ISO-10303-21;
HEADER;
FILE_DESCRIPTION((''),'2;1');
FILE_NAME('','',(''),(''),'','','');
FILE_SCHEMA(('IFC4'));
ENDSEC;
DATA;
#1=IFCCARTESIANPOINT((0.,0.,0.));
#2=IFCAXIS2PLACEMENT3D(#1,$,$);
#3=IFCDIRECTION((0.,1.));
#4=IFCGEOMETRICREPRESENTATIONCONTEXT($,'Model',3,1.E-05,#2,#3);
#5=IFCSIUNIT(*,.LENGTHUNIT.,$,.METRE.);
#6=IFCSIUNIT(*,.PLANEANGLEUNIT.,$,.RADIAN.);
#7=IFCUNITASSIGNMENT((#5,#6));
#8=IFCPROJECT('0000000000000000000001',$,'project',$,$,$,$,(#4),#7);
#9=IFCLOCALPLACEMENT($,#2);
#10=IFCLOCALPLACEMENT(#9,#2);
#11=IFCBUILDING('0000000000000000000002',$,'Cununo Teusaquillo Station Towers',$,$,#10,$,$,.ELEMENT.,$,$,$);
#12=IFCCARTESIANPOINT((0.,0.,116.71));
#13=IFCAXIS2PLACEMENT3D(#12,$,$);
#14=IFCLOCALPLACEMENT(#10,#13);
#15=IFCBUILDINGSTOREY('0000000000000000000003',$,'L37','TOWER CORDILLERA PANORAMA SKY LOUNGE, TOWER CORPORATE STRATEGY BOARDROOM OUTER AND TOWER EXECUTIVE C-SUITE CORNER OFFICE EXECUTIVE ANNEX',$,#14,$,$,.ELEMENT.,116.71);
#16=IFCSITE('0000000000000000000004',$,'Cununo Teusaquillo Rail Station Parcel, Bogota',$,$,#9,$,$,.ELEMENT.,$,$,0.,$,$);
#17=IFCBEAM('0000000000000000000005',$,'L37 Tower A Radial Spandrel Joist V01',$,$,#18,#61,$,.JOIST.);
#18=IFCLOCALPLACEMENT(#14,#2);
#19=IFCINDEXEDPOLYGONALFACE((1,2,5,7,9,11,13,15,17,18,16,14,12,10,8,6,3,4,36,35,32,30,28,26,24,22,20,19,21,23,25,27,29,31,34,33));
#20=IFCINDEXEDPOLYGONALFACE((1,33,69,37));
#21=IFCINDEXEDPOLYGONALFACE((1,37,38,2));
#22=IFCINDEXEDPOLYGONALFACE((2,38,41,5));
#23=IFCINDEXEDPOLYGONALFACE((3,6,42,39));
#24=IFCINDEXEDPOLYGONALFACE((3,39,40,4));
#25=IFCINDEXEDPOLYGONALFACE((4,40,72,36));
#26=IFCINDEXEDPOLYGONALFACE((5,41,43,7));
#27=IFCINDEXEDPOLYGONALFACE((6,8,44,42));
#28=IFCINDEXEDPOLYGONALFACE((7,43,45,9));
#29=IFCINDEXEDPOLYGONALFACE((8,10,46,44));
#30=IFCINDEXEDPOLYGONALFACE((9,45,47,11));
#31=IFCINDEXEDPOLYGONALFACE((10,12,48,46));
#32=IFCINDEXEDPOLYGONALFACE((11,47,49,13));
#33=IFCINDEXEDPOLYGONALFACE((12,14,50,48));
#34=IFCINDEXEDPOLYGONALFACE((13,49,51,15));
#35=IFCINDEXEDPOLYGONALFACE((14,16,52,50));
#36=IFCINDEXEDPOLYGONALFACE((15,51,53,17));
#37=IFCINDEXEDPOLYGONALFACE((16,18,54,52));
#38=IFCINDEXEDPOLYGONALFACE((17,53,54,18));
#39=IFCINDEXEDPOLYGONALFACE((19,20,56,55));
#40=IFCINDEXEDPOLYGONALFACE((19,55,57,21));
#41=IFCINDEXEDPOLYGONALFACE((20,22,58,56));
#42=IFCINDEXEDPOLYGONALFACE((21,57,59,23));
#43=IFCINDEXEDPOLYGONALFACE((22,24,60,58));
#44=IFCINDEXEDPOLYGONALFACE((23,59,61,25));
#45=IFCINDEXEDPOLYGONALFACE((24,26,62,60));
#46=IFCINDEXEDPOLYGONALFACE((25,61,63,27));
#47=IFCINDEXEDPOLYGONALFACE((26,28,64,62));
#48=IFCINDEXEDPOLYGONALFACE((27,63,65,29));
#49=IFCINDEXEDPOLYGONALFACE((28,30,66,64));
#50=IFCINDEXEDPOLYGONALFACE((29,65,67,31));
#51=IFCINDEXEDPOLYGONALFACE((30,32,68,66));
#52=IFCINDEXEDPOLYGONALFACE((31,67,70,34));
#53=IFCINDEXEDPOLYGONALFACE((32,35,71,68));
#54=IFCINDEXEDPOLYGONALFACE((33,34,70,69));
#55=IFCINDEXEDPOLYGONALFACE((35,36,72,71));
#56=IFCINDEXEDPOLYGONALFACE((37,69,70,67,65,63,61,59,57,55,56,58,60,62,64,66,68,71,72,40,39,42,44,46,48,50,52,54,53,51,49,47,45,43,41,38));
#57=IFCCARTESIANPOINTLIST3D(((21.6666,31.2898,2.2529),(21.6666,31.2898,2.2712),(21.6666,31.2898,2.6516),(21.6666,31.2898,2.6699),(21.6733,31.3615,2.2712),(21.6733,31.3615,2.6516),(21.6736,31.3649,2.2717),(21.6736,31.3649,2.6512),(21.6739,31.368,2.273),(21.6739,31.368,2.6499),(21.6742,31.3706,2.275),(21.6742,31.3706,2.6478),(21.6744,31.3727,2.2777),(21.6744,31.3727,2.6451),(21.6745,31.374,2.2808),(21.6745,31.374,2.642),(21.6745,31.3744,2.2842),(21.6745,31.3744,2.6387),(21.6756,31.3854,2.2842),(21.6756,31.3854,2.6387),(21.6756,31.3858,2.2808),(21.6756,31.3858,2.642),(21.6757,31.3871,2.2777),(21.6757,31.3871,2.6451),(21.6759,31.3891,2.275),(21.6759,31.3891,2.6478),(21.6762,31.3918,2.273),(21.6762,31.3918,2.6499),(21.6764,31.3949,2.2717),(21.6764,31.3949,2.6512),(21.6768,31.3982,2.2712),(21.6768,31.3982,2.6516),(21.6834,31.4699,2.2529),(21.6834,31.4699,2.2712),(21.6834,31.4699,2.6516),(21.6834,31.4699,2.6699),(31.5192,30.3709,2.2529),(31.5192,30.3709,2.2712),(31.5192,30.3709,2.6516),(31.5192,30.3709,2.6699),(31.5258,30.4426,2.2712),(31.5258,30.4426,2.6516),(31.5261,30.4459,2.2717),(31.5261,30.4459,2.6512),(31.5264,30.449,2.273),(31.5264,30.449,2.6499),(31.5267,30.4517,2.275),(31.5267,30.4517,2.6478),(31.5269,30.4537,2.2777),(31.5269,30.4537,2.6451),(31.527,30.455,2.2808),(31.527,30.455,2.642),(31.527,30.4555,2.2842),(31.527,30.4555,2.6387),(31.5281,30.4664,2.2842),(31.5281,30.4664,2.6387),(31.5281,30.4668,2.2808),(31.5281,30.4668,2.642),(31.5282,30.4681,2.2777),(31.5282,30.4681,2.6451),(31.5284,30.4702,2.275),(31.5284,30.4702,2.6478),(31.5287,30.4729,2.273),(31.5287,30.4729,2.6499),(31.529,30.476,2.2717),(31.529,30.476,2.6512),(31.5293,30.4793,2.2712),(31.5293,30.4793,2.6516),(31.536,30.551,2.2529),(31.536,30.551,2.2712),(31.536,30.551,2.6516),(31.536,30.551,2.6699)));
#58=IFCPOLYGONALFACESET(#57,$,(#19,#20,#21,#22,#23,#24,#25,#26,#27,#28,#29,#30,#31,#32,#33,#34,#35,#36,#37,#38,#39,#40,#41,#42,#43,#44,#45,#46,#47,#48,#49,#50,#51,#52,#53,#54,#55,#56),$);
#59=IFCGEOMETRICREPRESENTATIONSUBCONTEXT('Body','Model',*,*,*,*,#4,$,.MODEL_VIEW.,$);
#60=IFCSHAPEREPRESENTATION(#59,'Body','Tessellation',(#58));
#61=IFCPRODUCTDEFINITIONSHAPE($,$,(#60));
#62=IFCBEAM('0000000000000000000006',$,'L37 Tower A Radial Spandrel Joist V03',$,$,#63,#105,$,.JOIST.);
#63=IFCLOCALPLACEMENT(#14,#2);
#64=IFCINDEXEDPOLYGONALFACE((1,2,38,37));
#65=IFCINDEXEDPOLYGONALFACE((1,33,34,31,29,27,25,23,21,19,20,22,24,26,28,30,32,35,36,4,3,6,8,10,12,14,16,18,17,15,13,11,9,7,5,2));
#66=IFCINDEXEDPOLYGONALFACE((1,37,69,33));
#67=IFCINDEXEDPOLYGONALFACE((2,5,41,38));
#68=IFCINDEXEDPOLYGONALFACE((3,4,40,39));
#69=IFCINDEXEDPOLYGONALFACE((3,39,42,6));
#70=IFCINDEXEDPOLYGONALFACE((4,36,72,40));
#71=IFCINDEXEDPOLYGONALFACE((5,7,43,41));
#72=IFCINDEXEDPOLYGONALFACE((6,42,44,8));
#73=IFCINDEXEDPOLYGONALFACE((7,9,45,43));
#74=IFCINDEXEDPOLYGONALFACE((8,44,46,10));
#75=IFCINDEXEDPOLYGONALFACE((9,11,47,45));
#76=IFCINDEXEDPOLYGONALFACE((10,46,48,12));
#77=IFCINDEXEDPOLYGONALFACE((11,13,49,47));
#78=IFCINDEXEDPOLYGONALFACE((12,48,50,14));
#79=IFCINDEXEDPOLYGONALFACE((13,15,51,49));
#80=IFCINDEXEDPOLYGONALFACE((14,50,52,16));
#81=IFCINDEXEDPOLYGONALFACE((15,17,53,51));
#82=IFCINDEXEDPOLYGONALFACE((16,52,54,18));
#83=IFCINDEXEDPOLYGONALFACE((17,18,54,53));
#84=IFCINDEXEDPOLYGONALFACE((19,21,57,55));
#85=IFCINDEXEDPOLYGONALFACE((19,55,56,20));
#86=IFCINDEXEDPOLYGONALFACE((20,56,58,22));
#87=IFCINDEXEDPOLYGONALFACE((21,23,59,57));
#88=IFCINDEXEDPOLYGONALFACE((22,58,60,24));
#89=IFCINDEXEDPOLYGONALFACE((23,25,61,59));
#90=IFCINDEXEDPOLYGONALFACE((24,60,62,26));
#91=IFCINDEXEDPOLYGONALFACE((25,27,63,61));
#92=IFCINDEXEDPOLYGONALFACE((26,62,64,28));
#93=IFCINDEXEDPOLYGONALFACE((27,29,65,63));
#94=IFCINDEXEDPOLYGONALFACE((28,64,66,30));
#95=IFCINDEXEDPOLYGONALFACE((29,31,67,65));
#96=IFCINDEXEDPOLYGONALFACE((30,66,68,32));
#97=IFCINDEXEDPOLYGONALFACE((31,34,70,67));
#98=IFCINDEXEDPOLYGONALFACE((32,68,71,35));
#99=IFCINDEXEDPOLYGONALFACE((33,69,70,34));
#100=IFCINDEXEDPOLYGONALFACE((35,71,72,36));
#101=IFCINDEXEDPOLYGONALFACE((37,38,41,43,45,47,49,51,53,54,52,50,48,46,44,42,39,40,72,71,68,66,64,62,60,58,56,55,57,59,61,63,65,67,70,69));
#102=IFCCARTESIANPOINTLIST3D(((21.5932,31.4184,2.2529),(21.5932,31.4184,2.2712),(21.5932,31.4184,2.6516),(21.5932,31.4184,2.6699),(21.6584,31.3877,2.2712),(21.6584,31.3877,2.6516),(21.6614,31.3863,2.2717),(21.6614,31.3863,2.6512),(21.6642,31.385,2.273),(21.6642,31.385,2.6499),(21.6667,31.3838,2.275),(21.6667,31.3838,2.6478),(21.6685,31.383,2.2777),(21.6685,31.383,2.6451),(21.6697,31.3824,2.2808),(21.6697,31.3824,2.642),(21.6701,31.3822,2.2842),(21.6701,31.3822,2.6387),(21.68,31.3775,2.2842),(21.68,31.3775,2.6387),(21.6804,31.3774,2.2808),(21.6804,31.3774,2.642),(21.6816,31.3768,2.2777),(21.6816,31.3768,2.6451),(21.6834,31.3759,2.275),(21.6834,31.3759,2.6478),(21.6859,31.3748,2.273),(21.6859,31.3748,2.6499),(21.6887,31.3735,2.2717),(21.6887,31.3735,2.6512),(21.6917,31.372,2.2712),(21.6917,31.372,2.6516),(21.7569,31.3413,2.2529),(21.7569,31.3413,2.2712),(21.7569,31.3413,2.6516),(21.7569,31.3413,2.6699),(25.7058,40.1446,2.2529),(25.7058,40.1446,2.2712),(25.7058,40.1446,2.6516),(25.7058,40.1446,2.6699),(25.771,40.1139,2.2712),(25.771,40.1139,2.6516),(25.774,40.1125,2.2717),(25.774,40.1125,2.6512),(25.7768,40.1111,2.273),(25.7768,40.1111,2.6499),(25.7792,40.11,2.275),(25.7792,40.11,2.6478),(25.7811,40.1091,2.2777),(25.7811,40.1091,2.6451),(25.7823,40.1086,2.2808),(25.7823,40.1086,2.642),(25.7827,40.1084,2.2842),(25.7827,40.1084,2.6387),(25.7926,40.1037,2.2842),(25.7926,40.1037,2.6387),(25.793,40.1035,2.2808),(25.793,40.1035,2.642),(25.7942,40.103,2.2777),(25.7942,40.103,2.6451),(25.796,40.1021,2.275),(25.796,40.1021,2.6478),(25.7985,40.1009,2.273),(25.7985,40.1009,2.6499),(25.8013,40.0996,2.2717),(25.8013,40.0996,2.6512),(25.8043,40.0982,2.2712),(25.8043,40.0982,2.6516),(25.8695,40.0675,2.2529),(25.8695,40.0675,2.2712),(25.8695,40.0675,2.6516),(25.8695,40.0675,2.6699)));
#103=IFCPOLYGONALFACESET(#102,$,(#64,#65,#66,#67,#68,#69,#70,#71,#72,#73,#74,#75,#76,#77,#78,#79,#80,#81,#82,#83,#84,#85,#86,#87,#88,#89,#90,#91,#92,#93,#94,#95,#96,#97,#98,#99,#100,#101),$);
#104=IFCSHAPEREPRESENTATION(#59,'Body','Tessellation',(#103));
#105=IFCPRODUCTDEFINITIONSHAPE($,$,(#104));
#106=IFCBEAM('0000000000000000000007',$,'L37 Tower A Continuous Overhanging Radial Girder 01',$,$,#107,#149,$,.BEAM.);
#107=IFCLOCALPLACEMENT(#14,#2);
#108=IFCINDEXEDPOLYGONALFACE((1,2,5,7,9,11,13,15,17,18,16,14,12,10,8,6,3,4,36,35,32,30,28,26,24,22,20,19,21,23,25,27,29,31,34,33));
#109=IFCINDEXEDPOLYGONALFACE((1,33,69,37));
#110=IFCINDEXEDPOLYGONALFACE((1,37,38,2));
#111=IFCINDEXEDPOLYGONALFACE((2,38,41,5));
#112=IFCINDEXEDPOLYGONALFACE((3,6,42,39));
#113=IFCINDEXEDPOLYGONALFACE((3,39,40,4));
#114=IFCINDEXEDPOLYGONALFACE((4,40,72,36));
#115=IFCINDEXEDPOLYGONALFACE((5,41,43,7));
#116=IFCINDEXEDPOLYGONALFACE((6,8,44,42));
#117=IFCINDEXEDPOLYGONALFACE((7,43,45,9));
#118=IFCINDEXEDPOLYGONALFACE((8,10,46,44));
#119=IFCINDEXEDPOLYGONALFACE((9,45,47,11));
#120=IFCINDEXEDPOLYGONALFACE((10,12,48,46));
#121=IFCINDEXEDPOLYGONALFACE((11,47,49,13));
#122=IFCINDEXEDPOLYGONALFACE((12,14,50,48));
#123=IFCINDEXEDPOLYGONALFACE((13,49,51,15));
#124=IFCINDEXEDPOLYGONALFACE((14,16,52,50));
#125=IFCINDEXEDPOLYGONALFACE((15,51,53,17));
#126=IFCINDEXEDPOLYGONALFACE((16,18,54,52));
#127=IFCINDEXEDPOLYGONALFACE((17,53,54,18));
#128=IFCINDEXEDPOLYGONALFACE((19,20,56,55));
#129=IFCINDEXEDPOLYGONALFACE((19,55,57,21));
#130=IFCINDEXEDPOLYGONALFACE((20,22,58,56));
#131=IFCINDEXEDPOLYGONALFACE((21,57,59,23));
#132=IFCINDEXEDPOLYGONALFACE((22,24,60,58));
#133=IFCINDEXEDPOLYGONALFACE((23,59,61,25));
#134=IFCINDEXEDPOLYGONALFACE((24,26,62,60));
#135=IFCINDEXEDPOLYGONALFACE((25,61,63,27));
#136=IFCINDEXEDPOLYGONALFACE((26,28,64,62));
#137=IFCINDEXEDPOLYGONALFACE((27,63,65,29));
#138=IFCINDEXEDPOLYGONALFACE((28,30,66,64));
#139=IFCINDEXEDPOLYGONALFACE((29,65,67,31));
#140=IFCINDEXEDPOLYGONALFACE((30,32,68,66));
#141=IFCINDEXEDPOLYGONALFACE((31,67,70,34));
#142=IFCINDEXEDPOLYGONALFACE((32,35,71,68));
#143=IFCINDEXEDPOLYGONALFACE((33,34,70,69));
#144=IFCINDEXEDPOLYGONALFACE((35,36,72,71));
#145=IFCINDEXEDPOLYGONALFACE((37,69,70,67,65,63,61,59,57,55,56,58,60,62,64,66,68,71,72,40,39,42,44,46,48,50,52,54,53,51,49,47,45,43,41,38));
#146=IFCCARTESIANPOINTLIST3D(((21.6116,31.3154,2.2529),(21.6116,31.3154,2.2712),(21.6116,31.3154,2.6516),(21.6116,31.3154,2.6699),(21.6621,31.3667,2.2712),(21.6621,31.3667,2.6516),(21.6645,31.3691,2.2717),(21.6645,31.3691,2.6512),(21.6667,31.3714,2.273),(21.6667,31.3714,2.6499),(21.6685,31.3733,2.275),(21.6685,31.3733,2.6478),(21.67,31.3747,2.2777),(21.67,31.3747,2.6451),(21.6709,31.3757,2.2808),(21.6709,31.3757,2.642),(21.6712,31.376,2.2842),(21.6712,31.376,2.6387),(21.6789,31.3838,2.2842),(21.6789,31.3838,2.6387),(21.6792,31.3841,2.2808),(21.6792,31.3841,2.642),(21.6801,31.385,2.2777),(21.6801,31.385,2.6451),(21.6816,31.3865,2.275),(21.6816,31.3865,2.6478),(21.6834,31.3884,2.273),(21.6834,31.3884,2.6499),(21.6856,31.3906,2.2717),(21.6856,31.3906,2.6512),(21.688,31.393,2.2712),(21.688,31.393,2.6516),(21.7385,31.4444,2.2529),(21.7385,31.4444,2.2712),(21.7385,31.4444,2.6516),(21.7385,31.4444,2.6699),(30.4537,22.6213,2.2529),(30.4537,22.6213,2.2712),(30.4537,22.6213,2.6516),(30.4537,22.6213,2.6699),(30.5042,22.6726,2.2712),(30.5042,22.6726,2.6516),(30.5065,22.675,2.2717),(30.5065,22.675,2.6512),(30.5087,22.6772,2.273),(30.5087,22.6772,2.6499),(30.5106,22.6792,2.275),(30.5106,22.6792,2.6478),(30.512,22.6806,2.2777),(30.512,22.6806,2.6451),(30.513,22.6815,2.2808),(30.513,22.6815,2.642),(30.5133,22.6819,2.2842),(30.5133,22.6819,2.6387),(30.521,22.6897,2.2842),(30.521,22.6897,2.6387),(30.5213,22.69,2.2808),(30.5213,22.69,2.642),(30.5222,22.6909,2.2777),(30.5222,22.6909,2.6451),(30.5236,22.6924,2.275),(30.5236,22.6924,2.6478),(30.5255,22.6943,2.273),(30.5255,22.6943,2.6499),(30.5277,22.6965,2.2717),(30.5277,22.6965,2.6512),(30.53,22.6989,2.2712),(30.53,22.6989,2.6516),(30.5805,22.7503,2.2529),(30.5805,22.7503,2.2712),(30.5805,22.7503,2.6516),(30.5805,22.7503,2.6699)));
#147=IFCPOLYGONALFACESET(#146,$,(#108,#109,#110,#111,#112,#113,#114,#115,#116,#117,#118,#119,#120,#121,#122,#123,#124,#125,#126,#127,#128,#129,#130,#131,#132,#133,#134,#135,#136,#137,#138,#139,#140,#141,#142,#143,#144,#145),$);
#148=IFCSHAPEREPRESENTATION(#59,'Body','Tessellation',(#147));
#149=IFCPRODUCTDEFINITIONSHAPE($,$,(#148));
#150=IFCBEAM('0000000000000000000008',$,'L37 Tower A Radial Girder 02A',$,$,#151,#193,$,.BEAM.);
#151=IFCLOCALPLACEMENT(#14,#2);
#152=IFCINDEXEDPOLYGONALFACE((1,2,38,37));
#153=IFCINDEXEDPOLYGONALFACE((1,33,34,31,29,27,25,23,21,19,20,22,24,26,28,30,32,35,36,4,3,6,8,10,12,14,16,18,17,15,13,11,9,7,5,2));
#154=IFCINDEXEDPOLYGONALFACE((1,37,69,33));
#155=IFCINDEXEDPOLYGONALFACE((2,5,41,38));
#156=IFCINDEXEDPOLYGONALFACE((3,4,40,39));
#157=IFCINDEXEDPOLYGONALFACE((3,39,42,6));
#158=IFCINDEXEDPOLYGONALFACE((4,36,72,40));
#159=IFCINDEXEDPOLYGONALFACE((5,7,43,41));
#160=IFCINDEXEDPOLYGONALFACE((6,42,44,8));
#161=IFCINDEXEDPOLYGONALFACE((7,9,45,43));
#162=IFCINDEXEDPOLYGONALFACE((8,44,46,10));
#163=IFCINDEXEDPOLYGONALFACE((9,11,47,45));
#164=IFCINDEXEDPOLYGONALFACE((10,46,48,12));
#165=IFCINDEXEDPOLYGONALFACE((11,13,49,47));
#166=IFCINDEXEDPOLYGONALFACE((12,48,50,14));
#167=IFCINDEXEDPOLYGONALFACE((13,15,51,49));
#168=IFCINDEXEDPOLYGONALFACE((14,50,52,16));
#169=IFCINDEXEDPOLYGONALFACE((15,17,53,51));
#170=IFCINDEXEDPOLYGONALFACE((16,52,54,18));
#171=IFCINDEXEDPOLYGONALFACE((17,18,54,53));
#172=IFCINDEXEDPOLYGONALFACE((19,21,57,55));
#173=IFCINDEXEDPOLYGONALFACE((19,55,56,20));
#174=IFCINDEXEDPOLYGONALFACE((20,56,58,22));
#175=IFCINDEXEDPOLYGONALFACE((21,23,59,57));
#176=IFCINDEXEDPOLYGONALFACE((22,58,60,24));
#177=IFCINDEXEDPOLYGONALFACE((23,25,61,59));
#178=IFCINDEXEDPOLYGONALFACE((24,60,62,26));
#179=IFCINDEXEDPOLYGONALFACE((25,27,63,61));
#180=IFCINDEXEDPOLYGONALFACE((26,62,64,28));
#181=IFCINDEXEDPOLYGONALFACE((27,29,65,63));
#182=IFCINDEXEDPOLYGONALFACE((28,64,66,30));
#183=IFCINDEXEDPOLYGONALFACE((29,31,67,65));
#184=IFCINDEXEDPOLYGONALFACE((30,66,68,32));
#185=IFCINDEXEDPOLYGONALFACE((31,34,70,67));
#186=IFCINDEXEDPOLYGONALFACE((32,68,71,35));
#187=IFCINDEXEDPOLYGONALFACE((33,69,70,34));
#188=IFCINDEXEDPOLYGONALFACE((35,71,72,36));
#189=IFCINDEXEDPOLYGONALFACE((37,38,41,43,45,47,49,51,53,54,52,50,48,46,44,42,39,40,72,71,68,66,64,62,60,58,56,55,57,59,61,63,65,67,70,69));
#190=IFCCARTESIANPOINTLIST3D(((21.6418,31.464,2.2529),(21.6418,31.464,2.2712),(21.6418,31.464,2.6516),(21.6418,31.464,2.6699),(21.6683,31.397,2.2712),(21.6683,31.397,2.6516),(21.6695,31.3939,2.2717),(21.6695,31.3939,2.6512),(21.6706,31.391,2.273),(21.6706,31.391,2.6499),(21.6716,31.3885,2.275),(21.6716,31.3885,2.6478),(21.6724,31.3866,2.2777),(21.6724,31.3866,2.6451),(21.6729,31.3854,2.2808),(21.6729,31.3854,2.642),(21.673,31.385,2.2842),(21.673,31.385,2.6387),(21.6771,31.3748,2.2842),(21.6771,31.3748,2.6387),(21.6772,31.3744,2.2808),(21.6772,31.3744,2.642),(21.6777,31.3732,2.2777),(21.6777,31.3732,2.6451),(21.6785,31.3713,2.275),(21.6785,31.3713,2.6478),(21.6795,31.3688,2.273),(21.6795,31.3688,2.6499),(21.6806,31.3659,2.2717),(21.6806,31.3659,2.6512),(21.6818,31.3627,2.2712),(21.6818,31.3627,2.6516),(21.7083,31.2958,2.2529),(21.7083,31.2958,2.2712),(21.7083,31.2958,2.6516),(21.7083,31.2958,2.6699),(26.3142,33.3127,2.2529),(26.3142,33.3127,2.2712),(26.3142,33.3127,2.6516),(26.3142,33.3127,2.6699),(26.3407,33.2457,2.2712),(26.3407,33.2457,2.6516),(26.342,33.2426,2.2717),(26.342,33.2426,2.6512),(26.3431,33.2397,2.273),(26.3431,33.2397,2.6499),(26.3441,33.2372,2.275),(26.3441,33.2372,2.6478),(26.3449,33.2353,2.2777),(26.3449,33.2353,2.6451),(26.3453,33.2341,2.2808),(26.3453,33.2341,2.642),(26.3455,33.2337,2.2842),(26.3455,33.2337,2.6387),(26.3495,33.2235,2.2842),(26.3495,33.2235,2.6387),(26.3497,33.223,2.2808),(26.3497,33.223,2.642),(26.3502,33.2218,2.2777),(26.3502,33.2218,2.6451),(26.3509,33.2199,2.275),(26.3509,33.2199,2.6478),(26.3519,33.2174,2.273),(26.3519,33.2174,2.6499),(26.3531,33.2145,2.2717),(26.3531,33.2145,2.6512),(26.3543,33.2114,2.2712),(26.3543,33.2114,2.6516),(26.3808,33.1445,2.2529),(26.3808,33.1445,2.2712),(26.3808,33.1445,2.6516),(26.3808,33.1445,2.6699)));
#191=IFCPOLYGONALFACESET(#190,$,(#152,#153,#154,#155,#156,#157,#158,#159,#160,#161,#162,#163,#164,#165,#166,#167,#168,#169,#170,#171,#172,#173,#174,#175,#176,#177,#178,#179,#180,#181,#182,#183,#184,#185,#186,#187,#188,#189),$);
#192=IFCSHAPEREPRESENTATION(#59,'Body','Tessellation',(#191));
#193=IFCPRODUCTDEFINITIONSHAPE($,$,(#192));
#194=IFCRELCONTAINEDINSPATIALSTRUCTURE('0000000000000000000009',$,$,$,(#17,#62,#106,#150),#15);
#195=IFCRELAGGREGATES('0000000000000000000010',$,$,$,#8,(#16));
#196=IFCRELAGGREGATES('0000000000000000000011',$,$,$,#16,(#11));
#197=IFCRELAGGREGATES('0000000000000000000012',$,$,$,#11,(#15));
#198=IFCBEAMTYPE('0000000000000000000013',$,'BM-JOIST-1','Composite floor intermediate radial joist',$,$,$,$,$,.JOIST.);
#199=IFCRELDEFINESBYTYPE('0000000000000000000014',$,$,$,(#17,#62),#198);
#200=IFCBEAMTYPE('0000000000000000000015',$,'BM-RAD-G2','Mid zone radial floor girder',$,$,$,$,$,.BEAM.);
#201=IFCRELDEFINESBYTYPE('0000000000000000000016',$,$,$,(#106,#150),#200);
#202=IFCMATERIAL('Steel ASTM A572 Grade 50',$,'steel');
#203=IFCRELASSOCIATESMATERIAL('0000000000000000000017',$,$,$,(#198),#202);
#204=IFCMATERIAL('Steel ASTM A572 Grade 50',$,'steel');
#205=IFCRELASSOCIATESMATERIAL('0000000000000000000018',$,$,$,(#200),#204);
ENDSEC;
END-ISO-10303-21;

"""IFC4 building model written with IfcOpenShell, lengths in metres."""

from ifc_helpers import new_model, si_unit, direction, frame, origin, origin_2d, place, context, subcontext, project, spatial, i_section, extrude, material, material_profile, profile_set, type_object, element, save


model = new_model("IFC4")

# Units and contexts
model_context = context("Model", 3, precision=1e-05, world=origin(), true_north=direction((0.0, 1.0)))
body_context = subcontext(model_context, "Body", "Model", "MODEL_VIEW")
ifc_project = project(units=[si_unit("LENGTHUNIT", "METRE"), si_unit("PLANEANGLEUNIT", "RADIAN")], contexts=[model_context])

# Site, building, storey
site_placement = place(None, origin())
site = spatial("IfcSite", under=ifc_project, at=site_placement, Name="Cununo Teusaquillo Rail Station Parcel, Bogota", CompositionType="ELEMENT", RefElevation=0.0)
building_placement = place(site_placement, origin())
building = spatial("IfcBuilding", under=site, at=building_placement, Name="Cununo Teusaquillo Station Towers", CompositionType="ELEMENT")
storey_placement = place(building_placement, frame((0.0, 0.0, 116.71)))
storey = spatial("IfcBuildingStorey", under=building, at=storey_placement, Name="L37", Description="TOWER CORDILLERA PANORAMA SKY LOUNGE, TOWER CORPORATE STRATEGY BOARDROOM OUTER AND TOWER EXECUTIVE C-SUITE CORNER OFFICE EXECUTIVE ANNEX", CompositionType="ELEMENT", Elevation=116.71)

# Beams
ifc_material_1 = material(Name="Steel ASTM A572 Grade 50", Category="steel")
ifc_material_profile_1 = material_profile(ifc_material_1, i_section(OverallWidth=0.1809, OverallDepth=0.417, WebThickness=0.011, FlangeThickness=0.0183, FilletRadius=0.0129, at=origin_2d()), Name="W16X57")
ifc_profile_set_1 = profile_set([ifc_material_profile_1], Name="Steel ASTM A572 Grade 50")
beam_type_1 = type_object("IfcBeamType", Name="BM-JOIST-1", Description="Composite floor intermediate radial joist", PredefinedType="JOIST", material=ifc_profile_set_1)
beam_1_placement = place(storey_placement, frame((21.675, 31.3799, 2.4614), z_axis=(0.995679, -0.092867, 0.0), x_axis=(0.092867, 0.995679, 0.0)))
element("IfcBeam", 1, at=beam_1_placement, inside=storey, type_object=beam_type_1, Name="L37 Tower A Radial Spandrel Joist V01", PredefinedType="JOIST", context=body_context, shape_type="SweptSolid", body=[
    extrude(i_section(OverallWidth=0.1809, OverallDepth=0.417, WebThickness=0.011, FlangeThickness=0.0183, FilletRadius=0.0129, at=origin_2d()), origin(), (0.0, 0.0, 1.0), 9.8953),
])
beam_2_placement = place(storey_placement, frame((21.675, 31.3799, 2.4614), z_axis=(0.42632, 0.904572, 0.0), x_axis=(-0.904572, 0.42632, 0.0)))
element("IfcBeam", 2, at=beam_2_placement, inside=storey, type_object=beam_type_1, Name="L37 Tower A Radial Spandrel Joist V03", PredefinedType="JOIST", context=body_context, shape_type="SweptSolid", body=[
    extrude(i_section(OverallWidth=0.1809, OverallDepth=0.417, WebThickness=0.011, FlangeThickness=0.0183, FilletRadius=0.0129, at=origin_2d()), origin(), (0.0, 0.0, 1.0), 9.6467),
])
ifc_material_2 = material(Name="Steel ASTM A572 Grade 50", Category="steel")
ifc_material_profile_2 = material_profile(ifc_material_2, i_section(OverallWidth=0.1809, OverallDepth=0.417, WebThickness=0.011, FlangeThickness=0.0183, FilletRadius=0.0129, at=origin_2d()), Name="W16X57")
ifc_profile_set_2 = profile_set([ifc_material_profile_2], Name="Steel ASTM A572 Grade 50")
beam_type_2 = type_object("IfcBeamType", Name="BM-RAD-G2", Description="Mid zone radial floor girder", PredefinedType="BEAM", material=ifc_profile_set_2)
beam_3_placement = place(storey_placement, frame((21.675, 31.3799, 2.4614), z_axis=(0.713047, -0.701116, 0.0), x_axis=(0.701116, 0.713047, 0.0)))
element("IfcBeam", 3, at=beam_3_placement, inside=storey, type_object=beam_type_2, Name="L37 Tower A Continuous Overhanging Radial Girder 01", PredefinedType="BEAM", context=body_context, shape_type="SweptSolid", body=[
    extrude(i_section(OverallWidth=0.1809, OverallDepth=0.417, WebThickness=0.011, FlangeThickness=0.0183, FilletRadius=0.0129, at=origin_2d()), origin(), (0.0, 0.0, 1.0), 12.4004),
])
beam_4_placement = place(storey_placement, frame((21.675, 31.3799, 2.4614), z_axis=(0.929864, 0.367903, 0.0), x_axis=(-0.367903, 0.929864, 0.0)))
element("IfcBeam", 4, at=beam_4_placement, inside=storey, type_object=beam_type_2, Name="L37 Tower A Radial Girder 02A", PredefinedType="BEAM", context=body_context, shape_type="SweptSolid", body=[
    extrude(i_section(OverallWidth=0.1809, OverallDepth=0.417, WebThickness=0.011, FlangeThickness=0.0183, FilletRadius=0.0129, at=origin_2d()), origin(), (0.0, 0.0, 1.0), 5.0249),
])

save(model, "model.ifc")
